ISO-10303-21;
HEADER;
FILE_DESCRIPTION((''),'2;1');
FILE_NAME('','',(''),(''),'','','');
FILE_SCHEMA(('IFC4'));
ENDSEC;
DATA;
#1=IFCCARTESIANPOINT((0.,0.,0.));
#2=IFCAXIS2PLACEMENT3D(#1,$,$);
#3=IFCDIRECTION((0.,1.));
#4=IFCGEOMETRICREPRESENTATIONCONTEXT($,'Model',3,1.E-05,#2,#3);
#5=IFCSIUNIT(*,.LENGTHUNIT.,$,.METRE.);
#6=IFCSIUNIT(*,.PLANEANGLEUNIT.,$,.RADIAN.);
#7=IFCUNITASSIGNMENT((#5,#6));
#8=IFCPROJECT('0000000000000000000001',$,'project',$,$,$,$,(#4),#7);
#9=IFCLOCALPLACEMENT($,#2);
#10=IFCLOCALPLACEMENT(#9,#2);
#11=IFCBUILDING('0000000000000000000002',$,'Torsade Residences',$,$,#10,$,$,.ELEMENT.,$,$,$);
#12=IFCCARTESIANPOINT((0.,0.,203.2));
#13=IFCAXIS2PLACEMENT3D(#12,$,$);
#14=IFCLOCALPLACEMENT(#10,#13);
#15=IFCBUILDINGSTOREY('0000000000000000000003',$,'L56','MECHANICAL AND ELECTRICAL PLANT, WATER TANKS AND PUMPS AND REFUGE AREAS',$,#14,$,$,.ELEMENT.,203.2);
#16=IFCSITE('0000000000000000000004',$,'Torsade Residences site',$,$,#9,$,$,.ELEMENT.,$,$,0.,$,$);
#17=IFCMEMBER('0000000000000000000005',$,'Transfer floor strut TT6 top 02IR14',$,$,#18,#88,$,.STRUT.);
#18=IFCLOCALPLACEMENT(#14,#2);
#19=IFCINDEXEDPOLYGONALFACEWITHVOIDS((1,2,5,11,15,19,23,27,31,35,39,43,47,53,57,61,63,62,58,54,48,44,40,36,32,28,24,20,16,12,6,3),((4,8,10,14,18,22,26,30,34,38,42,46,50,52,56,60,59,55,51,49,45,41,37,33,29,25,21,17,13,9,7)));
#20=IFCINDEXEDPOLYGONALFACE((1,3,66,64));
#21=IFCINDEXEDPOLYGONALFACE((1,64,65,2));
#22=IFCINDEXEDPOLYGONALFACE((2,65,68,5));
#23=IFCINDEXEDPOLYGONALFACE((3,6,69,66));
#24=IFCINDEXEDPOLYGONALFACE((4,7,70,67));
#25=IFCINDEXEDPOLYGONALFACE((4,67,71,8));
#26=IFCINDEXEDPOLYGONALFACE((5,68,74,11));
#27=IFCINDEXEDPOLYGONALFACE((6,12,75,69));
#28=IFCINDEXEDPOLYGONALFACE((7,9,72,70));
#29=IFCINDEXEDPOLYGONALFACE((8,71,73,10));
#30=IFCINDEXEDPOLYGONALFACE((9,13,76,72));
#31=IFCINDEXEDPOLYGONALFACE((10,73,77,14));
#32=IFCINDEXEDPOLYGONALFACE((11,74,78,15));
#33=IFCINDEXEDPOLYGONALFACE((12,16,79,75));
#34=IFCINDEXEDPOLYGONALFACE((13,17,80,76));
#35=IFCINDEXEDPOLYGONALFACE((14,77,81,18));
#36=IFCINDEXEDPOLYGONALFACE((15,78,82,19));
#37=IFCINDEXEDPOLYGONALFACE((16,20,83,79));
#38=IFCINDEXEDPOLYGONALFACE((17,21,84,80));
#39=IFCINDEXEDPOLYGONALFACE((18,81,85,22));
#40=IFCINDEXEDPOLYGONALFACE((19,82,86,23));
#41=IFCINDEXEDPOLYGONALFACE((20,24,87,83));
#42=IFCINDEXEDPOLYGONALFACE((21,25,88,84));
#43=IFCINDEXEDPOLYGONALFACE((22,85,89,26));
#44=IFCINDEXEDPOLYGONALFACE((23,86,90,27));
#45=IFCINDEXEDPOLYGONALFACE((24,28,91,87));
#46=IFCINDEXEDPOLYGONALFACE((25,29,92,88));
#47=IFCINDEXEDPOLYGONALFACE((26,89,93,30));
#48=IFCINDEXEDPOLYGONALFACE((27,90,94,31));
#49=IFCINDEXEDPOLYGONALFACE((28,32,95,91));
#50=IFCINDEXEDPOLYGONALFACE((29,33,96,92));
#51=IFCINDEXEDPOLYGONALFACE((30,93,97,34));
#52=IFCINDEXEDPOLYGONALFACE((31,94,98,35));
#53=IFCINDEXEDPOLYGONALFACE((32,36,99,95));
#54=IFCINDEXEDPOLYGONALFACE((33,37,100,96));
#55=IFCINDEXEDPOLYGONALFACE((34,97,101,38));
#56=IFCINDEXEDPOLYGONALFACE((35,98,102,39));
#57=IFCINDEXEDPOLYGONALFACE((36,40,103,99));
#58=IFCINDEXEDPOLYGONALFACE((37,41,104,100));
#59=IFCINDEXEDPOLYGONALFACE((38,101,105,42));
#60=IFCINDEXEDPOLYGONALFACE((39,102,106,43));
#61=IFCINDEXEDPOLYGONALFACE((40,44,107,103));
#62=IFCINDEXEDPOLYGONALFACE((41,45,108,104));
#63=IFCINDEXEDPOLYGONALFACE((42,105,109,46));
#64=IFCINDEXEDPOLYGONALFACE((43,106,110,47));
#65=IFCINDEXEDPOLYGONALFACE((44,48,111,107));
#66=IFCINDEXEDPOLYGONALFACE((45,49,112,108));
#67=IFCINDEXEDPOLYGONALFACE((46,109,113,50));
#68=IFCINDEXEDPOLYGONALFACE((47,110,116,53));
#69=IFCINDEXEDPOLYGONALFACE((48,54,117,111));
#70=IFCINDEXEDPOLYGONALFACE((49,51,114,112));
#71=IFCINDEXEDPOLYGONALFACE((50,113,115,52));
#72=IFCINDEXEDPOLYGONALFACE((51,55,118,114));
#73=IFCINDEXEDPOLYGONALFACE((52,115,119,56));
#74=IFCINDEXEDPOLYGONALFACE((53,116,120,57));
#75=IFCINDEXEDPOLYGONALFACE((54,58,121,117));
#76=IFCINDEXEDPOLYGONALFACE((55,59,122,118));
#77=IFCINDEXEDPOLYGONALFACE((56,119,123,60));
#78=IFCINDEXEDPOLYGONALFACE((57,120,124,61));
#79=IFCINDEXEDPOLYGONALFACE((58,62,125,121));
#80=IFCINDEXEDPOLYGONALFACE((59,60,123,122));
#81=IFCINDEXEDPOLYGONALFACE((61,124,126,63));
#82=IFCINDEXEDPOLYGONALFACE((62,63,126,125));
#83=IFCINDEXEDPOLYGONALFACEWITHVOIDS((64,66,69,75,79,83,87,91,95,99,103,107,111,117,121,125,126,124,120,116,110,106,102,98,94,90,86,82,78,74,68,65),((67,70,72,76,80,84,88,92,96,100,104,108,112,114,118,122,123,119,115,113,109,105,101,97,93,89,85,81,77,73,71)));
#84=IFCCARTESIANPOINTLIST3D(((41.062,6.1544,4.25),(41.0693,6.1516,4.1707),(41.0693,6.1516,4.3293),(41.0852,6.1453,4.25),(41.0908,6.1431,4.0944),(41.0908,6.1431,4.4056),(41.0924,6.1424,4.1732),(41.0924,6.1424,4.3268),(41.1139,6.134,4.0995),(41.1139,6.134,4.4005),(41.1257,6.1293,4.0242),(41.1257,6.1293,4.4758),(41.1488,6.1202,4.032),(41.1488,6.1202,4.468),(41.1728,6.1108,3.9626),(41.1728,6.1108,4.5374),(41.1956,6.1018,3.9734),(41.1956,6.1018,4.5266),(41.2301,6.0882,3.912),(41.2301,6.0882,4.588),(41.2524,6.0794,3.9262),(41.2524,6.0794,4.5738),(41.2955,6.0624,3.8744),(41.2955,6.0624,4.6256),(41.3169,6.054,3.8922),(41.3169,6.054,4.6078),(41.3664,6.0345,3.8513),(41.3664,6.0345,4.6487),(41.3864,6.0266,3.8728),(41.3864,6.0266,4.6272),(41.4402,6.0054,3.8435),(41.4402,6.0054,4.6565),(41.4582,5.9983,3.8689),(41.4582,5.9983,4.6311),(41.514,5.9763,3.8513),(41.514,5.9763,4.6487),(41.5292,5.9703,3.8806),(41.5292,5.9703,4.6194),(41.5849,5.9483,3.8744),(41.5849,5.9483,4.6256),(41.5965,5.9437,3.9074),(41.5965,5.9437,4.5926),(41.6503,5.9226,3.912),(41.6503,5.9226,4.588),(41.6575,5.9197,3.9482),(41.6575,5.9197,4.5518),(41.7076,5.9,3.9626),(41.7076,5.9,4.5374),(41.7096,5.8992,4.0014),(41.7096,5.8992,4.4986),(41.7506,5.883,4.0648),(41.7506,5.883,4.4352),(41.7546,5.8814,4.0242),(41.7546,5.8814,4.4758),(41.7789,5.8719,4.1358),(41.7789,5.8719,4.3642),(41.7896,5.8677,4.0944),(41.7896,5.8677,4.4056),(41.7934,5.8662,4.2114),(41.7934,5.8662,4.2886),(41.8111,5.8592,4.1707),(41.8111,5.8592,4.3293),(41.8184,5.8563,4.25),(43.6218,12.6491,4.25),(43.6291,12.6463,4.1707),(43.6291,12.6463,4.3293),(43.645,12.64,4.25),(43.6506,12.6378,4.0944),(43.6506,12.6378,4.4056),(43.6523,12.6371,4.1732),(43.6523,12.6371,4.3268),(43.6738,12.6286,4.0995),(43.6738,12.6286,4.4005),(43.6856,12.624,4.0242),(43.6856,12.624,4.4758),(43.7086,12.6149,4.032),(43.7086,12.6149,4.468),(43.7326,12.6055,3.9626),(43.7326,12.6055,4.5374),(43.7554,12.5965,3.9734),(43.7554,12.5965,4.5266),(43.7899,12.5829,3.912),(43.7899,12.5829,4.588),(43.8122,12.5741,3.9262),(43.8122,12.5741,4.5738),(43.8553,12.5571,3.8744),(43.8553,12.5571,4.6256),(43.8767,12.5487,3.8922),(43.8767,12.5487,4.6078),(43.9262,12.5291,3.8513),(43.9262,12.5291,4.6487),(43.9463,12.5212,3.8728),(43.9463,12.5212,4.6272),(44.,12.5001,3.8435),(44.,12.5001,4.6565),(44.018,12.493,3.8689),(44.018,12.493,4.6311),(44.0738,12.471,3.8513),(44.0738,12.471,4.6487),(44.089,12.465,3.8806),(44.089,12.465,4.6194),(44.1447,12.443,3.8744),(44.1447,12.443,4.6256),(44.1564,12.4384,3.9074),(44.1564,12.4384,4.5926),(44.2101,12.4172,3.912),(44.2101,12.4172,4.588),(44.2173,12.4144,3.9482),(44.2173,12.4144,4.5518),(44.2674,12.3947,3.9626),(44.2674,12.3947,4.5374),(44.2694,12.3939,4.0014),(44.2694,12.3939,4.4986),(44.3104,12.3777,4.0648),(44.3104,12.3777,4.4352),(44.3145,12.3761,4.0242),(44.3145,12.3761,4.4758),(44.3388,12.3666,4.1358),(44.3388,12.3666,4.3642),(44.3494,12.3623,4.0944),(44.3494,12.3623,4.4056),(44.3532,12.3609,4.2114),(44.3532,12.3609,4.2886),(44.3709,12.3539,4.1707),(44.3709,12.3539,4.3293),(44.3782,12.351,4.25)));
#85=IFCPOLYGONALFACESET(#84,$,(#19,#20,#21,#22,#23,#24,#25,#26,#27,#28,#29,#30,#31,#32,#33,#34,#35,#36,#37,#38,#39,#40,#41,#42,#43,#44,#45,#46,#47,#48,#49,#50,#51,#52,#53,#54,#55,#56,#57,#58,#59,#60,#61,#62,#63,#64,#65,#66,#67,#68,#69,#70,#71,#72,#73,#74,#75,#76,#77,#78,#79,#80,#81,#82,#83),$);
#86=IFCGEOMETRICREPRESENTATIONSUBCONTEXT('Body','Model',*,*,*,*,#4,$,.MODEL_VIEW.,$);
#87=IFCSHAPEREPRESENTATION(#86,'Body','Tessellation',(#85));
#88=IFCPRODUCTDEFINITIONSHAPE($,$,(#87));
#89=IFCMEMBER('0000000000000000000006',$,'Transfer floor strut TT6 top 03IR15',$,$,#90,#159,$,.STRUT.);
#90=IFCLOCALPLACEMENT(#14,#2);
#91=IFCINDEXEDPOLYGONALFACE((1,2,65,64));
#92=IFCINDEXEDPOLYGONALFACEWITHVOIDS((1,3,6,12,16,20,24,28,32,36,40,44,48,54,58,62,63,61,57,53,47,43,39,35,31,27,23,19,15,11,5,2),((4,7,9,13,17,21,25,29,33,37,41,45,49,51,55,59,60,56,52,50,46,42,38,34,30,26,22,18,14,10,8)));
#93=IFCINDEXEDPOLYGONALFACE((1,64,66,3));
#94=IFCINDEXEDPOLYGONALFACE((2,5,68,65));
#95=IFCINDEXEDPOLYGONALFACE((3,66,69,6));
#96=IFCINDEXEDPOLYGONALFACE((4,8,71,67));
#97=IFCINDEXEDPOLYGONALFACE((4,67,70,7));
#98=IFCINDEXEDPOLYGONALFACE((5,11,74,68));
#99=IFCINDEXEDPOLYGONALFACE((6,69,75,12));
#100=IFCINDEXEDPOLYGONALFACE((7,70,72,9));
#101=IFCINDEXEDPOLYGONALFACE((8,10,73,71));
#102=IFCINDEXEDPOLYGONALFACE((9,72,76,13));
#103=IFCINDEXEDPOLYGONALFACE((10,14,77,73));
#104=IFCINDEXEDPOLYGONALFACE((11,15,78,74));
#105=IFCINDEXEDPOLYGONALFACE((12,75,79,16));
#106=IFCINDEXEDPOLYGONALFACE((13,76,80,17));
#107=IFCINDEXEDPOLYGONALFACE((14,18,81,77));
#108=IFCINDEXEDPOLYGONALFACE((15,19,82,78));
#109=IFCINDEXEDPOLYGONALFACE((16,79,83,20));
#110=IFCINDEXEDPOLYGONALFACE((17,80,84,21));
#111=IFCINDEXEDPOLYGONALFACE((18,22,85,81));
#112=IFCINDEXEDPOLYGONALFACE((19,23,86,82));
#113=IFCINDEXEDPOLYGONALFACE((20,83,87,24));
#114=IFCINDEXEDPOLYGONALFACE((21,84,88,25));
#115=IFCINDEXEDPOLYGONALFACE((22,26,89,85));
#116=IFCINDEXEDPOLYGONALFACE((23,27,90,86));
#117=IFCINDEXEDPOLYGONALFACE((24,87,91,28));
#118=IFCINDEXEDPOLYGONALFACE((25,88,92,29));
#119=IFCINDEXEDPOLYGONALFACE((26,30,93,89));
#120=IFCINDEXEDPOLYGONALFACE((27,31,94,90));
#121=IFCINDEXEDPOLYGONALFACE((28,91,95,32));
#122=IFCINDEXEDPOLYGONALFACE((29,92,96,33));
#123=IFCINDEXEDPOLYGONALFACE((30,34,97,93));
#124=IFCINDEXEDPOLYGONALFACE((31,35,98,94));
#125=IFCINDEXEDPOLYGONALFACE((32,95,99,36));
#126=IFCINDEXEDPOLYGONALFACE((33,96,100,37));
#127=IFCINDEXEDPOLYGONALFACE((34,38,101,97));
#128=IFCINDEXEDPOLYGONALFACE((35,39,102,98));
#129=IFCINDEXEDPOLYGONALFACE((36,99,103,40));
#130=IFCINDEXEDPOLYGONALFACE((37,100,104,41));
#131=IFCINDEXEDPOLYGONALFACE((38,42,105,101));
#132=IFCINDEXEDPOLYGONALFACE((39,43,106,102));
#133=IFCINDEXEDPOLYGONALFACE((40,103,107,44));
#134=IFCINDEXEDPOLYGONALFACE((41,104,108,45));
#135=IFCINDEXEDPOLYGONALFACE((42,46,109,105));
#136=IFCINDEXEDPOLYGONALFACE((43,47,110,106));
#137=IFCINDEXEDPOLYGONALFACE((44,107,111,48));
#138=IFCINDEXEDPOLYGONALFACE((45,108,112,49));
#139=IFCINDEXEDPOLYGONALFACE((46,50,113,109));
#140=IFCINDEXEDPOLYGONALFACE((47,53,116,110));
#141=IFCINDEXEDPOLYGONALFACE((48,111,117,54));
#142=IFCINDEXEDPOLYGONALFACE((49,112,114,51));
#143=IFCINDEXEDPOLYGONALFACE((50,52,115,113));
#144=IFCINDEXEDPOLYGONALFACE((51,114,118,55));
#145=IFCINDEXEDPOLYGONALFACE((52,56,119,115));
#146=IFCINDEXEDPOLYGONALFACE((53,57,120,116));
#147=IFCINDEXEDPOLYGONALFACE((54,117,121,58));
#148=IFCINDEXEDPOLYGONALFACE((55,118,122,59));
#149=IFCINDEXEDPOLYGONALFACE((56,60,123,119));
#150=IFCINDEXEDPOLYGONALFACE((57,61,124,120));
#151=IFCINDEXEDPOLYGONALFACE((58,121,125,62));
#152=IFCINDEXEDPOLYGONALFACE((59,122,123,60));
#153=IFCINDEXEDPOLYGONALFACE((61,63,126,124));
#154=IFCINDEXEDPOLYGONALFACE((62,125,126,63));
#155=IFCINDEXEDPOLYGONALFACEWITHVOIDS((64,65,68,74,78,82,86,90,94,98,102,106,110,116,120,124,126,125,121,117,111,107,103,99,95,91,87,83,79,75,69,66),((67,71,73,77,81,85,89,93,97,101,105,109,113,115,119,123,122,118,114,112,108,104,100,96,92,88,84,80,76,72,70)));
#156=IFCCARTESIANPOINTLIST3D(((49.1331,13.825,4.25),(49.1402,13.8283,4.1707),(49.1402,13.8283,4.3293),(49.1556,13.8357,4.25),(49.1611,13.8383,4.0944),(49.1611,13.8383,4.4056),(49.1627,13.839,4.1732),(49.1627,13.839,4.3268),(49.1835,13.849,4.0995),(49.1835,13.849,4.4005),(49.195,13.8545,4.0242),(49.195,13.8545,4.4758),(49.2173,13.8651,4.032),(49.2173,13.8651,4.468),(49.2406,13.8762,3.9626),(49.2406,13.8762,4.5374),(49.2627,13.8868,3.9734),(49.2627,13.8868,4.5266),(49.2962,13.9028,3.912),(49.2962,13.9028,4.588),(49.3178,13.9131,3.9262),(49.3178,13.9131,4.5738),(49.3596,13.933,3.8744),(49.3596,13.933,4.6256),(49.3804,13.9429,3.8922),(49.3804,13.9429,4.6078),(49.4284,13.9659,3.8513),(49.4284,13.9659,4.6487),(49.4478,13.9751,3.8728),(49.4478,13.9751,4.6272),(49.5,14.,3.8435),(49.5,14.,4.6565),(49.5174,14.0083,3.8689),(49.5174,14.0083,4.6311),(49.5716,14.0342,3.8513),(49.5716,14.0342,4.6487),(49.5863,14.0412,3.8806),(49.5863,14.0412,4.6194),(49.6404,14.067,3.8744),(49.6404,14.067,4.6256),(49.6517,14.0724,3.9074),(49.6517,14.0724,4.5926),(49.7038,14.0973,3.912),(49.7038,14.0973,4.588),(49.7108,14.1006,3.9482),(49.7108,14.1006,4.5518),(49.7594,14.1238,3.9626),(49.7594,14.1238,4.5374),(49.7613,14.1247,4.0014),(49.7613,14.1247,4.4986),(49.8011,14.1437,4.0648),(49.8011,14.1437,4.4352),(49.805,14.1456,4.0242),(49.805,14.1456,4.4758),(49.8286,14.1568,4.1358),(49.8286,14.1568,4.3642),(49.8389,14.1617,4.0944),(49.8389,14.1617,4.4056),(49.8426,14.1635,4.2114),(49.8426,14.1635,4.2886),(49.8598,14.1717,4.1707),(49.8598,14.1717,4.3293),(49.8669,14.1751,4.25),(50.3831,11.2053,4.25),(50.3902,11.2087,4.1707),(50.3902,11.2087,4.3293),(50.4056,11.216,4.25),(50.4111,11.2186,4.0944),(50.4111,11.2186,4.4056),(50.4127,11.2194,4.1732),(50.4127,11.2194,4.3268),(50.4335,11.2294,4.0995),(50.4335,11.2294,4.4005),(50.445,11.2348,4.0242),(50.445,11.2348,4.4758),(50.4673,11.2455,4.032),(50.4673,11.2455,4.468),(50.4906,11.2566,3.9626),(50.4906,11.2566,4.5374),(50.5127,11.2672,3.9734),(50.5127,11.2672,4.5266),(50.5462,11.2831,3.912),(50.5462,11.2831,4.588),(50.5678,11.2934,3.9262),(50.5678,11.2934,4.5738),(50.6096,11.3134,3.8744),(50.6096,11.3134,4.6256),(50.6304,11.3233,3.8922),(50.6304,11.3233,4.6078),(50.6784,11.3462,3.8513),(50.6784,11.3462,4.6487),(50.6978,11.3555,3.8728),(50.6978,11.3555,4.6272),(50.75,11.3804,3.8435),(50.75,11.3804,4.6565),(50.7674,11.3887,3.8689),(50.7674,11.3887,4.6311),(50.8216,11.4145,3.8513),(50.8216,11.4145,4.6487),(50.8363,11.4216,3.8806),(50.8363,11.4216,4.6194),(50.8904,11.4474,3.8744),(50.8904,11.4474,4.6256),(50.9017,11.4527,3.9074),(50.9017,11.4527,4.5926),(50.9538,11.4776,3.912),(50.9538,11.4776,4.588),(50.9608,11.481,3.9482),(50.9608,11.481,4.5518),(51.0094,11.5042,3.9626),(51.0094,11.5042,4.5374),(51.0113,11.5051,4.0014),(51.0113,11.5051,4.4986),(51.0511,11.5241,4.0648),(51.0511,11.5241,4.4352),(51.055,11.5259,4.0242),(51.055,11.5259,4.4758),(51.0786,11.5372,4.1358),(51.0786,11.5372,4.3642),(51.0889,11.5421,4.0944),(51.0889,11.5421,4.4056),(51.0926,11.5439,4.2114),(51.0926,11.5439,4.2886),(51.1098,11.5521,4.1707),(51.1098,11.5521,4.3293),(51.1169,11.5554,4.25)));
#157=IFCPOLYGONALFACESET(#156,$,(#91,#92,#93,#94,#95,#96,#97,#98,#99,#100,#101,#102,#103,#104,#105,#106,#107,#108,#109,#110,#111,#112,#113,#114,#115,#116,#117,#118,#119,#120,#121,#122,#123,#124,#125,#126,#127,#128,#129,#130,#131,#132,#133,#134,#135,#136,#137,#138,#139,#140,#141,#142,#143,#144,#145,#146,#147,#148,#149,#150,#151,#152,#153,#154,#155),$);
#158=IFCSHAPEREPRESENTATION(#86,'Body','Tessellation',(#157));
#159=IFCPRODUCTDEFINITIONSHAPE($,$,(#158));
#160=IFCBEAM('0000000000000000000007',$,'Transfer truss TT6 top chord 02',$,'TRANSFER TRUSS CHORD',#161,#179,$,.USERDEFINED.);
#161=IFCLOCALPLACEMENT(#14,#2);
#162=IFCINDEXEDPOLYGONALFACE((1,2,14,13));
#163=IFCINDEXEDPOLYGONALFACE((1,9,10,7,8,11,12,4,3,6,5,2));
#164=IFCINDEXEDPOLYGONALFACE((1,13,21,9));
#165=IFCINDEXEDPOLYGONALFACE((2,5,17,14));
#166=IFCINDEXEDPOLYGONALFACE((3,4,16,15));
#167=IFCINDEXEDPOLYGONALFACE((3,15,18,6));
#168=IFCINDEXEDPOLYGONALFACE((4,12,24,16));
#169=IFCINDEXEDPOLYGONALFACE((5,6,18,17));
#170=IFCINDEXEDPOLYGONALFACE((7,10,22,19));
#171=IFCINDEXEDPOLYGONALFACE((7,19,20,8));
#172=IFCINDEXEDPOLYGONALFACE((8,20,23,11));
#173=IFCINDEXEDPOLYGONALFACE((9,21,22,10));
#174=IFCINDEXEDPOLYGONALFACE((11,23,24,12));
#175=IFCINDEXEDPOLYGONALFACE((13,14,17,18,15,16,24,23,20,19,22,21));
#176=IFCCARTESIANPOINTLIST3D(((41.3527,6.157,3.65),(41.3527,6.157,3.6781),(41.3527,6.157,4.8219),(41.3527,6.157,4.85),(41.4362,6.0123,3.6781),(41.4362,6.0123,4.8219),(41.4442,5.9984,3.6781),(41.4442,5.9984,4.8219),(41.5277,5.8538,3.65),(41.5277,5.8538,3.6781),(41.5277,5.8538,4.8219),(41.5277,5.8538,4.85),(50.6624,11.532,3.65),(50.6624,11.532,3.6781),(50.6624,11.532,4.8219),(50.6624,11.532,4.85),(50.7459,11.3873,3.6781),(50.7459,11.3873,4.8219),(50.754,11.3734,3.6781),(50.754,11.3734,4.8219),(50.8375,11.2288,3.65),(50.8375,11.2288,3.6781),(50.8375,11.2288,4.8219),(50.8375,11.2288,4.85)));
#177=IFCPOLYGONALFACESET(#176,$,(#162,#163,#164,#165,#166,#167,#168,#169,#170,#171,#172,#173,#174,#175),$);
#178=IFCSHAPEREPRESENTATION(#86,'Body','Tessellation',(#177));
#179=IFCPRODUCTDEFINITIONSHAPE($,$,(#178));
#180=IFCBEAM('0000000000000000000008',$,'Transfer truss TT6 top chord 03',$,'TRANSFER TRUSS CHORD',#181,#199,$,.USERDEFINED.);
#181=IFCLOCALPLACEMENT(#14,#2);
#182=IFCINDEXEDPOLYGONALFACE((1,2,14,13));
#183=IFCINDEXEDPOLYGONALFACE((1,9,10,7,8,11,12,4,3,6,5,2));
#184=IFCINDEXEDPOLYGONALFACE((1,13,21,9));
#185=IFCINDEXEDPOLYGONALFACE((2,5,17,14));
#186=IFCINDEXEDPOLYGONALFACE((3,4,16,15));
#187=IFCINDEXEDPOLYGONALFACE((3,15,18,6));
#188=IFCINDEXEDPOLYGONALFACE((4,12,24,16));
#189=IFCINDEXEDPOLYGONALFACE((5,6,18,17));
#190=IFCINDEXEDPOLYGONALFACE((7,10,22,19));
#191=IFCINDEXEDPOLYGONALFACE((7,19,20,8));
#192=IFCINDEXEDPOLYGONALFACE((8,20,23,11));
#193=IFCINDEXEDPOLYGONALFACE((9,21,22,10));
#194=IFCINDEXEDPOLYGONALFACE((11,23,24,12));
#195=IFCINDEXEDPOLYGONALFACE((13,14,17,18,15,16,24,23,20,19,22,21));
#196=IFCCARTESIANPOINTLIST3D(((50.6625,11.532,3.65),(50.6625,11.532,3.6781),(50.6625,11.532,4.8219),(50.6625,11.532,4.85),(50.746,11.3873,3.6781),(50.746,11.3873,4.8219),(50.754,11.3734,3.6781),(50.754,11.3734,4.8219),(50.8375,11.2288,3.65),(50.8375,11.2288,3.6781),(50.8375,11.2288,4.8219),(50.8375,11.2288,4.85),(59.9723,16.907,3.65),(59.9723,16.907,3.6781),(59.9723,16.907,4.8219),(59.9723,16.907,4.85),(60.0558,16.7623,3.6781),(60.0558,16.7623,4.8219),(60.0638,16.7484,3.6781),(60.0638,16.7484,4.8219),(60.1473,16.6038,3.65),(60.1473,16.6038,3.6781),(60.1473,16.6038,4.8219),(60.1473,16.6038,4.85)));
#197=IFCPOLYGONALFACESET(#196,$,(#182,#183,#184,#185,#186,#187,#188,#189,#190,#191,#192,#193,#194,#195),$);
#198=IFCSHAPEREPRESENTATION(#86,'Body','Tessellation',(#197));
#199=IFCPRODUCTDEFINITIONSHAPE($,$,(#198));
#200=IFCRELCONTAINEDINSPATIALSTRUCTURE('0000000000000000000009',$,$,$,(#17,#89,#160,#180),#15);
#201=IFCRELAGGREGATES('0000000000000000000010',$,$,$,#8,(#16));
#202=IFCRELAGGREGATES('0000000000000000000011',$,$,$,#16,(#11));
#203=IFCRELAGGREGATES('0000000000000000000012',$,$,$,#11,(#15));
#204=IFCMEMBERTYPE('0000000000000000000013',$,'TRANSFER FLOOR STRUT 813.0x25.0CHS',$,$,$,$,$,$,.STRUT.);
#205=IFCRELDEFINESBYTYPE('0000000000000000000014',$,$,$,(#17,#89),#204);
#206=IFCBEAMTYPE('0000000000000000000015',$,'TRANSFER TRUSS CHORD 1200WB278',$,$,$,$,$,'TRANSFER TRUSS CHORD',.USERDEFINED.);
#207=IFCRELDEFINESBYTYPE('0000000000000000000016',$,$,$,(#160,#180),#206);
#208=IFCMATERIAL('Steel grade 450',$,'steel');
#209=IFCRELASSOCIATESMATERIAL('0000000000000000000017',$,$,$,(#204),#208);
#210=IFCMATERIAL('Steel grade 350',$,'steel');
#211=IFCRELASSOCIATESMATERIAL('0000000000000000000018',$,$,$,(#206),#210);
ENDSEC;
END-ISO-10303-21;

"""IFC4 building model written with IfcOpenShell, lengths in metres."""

from ifc_helpers import new_model, si_unit, direction, frame, origin, origin_2d, place, context, subcontext, project, spatial, hollow_circle, i_section, extrude, material, material_profile, profile_set, type_object, element, save


model = new_model("IFC4")

# Units and contexts
model_context = context("Model", 3, precision=1e-05, world=origin(), true_north=direction((0.0, 1.0)))
body_context = subcontext(model_context, "Body", "Model", "MODEL_VIEW")
ifc_project = project(units=[si_unit("LENGTHUNIT", "METRE"), si_unit("PLANEANGLEUNIT", "RADIAN")], contexts=[model_context])

# Site, building, storey
site_placement = place(None, origin())
site = spatial("IfcSite", under=ifc_project, at=site_placement, Name="Torsade Residences site", CompositionType="ELEMENT", RefElevation=0.0)
building_placement = place(site_placement, origin())
building = spatial("IfcBuilding", under=site, at=building_placement, Name="Torsade Residences", CompositionType="ELEMENT")
storey_placement = place(building_placement, frame((0.0, 0.0, 203.2)))
storey = spatial("IfcBuildingStorey", under=building, at=storey_placement, Name="L56", Description="MECHANICAL AND ELECTRICAL PLANT, WATER TANKS AND PUMPS AND REFUGE AREAS", CompositionType="ELEMENT", Elevation=203.2)

# Members
ifc_material_1 = material(Name="Steel grade 450", Category="steel")
ifc_material_profile_1 = material_profile(ifc_material_1, hollow_circle(Radius=0.4065, WallThickness=0.0249, at=origin_2d()), Name="813.0x25.0CHS")
ifc_profile_set_1 = profile_set([ifc_material_profile_1], Name="Steel grade 450")
member_type_1 = type_object("IfcMemberType", Name="TRANSFER FLOOR STRUT 813.0x25.0CHS", PredefinedType="STRUT", material=ifc_profile_set_1)
member_1_placement = place(storey_placement, frame((41.4402, 6.0054, 4.25), z_axis=(0.366689, 0.930344, 0.0), x_axis=(-0.930344, 0.366689, 0.0)))
element("IfcMember", 1, at=member_1_placement, inside=storey, type_object=member_type_1, Name="Transfer floor strut TT6 top 02IR14", PredefinedType="STRUT", context=body_context, shape_type="SweptSolid", body=[
    extrude(hollow_circle(Radius=0.4065, WallThickness=0.0249, at=origin_2d()), origin(), (0.0, 0.0, 1.0), 6.981),
])
member_2_placement = place(storey_placement, frame((50.75, 11.3804, 4.25), z_axis=(-0.430652, 0.902518, 0.0), x_axis=(-0.902518, -0.430652, 0.0)))
element("IfcMember", 2, at=member_2_placement, inside=storey, type_object=member_type_1, Name="Transfer floor strut TT6 top 03IR15", PredefinedType="STRUT", context=body_context, shape_type="SweptSolid", body=[
    extrude(hollow_circle(Radius=0.4065, WallThickness=0.0249, at=origin_2d()), origin(), (0.0, 0.0, 1.0), 2.9026),
])

# Beams
ifc_material_2 = material(Name="Steel grade 350", Category="steel")
ifc_material_profile_2 = material_profile(ifc_material_2, i_section(OverallWidth=0.3501, OverallDepth=1.2, WebThickness=0.0161, FlangeThickness=0.0281, at=origin_2d()), Name="1200WB278")
ifc_profile_set_2 = profile_set([ifc_material_profile_2], Name="Steel grade 350")
beam_type_1 = type_object("IfcBeamType", Name="TRANSFER TRUSS CHORD 1200WB278", ElementType="TRANSFER TRUSS CHORD", PredefinedType="USERDEFINED", material=ifc_profile_set_2)
for number, where, z_axis, x_axis, name in (
    (3, (41.4402, 6.0054, 4.25), (0.866026, 0.499998, 0.0), (-0.499998, 0.866026, 0.0), "Transfer truss TT6 top chord 02"),
    (4, (50.75, 11.3804, 4.25), (0.866026, 0.499998, 0.0), (-0.499998, 0.866026, 0.0), "Transfer truss TT6 top chord 03"),
):
    element("IfcBeam", number, at=place(storey_placement, frame(where, z_axis=z_axis, x_axis=x_axis)), inside=storey, type_object=beam_type_1, Name=name, ObjectType="TRANSFER TRUSS CHORD", PredefinedType="USERDEFINED", context=body_context, shape_type="SweptSolid", body=[
        extrude(i_section(OverallWidth=0.3501, OverallDepth=1.2, WebThickness=0.0161, FlangeThickness=0.0281, at=origin_2d()), origin(), (0.0, 0.0, 1.0), 10.75),
    ])

save(model, "model.ifc")
